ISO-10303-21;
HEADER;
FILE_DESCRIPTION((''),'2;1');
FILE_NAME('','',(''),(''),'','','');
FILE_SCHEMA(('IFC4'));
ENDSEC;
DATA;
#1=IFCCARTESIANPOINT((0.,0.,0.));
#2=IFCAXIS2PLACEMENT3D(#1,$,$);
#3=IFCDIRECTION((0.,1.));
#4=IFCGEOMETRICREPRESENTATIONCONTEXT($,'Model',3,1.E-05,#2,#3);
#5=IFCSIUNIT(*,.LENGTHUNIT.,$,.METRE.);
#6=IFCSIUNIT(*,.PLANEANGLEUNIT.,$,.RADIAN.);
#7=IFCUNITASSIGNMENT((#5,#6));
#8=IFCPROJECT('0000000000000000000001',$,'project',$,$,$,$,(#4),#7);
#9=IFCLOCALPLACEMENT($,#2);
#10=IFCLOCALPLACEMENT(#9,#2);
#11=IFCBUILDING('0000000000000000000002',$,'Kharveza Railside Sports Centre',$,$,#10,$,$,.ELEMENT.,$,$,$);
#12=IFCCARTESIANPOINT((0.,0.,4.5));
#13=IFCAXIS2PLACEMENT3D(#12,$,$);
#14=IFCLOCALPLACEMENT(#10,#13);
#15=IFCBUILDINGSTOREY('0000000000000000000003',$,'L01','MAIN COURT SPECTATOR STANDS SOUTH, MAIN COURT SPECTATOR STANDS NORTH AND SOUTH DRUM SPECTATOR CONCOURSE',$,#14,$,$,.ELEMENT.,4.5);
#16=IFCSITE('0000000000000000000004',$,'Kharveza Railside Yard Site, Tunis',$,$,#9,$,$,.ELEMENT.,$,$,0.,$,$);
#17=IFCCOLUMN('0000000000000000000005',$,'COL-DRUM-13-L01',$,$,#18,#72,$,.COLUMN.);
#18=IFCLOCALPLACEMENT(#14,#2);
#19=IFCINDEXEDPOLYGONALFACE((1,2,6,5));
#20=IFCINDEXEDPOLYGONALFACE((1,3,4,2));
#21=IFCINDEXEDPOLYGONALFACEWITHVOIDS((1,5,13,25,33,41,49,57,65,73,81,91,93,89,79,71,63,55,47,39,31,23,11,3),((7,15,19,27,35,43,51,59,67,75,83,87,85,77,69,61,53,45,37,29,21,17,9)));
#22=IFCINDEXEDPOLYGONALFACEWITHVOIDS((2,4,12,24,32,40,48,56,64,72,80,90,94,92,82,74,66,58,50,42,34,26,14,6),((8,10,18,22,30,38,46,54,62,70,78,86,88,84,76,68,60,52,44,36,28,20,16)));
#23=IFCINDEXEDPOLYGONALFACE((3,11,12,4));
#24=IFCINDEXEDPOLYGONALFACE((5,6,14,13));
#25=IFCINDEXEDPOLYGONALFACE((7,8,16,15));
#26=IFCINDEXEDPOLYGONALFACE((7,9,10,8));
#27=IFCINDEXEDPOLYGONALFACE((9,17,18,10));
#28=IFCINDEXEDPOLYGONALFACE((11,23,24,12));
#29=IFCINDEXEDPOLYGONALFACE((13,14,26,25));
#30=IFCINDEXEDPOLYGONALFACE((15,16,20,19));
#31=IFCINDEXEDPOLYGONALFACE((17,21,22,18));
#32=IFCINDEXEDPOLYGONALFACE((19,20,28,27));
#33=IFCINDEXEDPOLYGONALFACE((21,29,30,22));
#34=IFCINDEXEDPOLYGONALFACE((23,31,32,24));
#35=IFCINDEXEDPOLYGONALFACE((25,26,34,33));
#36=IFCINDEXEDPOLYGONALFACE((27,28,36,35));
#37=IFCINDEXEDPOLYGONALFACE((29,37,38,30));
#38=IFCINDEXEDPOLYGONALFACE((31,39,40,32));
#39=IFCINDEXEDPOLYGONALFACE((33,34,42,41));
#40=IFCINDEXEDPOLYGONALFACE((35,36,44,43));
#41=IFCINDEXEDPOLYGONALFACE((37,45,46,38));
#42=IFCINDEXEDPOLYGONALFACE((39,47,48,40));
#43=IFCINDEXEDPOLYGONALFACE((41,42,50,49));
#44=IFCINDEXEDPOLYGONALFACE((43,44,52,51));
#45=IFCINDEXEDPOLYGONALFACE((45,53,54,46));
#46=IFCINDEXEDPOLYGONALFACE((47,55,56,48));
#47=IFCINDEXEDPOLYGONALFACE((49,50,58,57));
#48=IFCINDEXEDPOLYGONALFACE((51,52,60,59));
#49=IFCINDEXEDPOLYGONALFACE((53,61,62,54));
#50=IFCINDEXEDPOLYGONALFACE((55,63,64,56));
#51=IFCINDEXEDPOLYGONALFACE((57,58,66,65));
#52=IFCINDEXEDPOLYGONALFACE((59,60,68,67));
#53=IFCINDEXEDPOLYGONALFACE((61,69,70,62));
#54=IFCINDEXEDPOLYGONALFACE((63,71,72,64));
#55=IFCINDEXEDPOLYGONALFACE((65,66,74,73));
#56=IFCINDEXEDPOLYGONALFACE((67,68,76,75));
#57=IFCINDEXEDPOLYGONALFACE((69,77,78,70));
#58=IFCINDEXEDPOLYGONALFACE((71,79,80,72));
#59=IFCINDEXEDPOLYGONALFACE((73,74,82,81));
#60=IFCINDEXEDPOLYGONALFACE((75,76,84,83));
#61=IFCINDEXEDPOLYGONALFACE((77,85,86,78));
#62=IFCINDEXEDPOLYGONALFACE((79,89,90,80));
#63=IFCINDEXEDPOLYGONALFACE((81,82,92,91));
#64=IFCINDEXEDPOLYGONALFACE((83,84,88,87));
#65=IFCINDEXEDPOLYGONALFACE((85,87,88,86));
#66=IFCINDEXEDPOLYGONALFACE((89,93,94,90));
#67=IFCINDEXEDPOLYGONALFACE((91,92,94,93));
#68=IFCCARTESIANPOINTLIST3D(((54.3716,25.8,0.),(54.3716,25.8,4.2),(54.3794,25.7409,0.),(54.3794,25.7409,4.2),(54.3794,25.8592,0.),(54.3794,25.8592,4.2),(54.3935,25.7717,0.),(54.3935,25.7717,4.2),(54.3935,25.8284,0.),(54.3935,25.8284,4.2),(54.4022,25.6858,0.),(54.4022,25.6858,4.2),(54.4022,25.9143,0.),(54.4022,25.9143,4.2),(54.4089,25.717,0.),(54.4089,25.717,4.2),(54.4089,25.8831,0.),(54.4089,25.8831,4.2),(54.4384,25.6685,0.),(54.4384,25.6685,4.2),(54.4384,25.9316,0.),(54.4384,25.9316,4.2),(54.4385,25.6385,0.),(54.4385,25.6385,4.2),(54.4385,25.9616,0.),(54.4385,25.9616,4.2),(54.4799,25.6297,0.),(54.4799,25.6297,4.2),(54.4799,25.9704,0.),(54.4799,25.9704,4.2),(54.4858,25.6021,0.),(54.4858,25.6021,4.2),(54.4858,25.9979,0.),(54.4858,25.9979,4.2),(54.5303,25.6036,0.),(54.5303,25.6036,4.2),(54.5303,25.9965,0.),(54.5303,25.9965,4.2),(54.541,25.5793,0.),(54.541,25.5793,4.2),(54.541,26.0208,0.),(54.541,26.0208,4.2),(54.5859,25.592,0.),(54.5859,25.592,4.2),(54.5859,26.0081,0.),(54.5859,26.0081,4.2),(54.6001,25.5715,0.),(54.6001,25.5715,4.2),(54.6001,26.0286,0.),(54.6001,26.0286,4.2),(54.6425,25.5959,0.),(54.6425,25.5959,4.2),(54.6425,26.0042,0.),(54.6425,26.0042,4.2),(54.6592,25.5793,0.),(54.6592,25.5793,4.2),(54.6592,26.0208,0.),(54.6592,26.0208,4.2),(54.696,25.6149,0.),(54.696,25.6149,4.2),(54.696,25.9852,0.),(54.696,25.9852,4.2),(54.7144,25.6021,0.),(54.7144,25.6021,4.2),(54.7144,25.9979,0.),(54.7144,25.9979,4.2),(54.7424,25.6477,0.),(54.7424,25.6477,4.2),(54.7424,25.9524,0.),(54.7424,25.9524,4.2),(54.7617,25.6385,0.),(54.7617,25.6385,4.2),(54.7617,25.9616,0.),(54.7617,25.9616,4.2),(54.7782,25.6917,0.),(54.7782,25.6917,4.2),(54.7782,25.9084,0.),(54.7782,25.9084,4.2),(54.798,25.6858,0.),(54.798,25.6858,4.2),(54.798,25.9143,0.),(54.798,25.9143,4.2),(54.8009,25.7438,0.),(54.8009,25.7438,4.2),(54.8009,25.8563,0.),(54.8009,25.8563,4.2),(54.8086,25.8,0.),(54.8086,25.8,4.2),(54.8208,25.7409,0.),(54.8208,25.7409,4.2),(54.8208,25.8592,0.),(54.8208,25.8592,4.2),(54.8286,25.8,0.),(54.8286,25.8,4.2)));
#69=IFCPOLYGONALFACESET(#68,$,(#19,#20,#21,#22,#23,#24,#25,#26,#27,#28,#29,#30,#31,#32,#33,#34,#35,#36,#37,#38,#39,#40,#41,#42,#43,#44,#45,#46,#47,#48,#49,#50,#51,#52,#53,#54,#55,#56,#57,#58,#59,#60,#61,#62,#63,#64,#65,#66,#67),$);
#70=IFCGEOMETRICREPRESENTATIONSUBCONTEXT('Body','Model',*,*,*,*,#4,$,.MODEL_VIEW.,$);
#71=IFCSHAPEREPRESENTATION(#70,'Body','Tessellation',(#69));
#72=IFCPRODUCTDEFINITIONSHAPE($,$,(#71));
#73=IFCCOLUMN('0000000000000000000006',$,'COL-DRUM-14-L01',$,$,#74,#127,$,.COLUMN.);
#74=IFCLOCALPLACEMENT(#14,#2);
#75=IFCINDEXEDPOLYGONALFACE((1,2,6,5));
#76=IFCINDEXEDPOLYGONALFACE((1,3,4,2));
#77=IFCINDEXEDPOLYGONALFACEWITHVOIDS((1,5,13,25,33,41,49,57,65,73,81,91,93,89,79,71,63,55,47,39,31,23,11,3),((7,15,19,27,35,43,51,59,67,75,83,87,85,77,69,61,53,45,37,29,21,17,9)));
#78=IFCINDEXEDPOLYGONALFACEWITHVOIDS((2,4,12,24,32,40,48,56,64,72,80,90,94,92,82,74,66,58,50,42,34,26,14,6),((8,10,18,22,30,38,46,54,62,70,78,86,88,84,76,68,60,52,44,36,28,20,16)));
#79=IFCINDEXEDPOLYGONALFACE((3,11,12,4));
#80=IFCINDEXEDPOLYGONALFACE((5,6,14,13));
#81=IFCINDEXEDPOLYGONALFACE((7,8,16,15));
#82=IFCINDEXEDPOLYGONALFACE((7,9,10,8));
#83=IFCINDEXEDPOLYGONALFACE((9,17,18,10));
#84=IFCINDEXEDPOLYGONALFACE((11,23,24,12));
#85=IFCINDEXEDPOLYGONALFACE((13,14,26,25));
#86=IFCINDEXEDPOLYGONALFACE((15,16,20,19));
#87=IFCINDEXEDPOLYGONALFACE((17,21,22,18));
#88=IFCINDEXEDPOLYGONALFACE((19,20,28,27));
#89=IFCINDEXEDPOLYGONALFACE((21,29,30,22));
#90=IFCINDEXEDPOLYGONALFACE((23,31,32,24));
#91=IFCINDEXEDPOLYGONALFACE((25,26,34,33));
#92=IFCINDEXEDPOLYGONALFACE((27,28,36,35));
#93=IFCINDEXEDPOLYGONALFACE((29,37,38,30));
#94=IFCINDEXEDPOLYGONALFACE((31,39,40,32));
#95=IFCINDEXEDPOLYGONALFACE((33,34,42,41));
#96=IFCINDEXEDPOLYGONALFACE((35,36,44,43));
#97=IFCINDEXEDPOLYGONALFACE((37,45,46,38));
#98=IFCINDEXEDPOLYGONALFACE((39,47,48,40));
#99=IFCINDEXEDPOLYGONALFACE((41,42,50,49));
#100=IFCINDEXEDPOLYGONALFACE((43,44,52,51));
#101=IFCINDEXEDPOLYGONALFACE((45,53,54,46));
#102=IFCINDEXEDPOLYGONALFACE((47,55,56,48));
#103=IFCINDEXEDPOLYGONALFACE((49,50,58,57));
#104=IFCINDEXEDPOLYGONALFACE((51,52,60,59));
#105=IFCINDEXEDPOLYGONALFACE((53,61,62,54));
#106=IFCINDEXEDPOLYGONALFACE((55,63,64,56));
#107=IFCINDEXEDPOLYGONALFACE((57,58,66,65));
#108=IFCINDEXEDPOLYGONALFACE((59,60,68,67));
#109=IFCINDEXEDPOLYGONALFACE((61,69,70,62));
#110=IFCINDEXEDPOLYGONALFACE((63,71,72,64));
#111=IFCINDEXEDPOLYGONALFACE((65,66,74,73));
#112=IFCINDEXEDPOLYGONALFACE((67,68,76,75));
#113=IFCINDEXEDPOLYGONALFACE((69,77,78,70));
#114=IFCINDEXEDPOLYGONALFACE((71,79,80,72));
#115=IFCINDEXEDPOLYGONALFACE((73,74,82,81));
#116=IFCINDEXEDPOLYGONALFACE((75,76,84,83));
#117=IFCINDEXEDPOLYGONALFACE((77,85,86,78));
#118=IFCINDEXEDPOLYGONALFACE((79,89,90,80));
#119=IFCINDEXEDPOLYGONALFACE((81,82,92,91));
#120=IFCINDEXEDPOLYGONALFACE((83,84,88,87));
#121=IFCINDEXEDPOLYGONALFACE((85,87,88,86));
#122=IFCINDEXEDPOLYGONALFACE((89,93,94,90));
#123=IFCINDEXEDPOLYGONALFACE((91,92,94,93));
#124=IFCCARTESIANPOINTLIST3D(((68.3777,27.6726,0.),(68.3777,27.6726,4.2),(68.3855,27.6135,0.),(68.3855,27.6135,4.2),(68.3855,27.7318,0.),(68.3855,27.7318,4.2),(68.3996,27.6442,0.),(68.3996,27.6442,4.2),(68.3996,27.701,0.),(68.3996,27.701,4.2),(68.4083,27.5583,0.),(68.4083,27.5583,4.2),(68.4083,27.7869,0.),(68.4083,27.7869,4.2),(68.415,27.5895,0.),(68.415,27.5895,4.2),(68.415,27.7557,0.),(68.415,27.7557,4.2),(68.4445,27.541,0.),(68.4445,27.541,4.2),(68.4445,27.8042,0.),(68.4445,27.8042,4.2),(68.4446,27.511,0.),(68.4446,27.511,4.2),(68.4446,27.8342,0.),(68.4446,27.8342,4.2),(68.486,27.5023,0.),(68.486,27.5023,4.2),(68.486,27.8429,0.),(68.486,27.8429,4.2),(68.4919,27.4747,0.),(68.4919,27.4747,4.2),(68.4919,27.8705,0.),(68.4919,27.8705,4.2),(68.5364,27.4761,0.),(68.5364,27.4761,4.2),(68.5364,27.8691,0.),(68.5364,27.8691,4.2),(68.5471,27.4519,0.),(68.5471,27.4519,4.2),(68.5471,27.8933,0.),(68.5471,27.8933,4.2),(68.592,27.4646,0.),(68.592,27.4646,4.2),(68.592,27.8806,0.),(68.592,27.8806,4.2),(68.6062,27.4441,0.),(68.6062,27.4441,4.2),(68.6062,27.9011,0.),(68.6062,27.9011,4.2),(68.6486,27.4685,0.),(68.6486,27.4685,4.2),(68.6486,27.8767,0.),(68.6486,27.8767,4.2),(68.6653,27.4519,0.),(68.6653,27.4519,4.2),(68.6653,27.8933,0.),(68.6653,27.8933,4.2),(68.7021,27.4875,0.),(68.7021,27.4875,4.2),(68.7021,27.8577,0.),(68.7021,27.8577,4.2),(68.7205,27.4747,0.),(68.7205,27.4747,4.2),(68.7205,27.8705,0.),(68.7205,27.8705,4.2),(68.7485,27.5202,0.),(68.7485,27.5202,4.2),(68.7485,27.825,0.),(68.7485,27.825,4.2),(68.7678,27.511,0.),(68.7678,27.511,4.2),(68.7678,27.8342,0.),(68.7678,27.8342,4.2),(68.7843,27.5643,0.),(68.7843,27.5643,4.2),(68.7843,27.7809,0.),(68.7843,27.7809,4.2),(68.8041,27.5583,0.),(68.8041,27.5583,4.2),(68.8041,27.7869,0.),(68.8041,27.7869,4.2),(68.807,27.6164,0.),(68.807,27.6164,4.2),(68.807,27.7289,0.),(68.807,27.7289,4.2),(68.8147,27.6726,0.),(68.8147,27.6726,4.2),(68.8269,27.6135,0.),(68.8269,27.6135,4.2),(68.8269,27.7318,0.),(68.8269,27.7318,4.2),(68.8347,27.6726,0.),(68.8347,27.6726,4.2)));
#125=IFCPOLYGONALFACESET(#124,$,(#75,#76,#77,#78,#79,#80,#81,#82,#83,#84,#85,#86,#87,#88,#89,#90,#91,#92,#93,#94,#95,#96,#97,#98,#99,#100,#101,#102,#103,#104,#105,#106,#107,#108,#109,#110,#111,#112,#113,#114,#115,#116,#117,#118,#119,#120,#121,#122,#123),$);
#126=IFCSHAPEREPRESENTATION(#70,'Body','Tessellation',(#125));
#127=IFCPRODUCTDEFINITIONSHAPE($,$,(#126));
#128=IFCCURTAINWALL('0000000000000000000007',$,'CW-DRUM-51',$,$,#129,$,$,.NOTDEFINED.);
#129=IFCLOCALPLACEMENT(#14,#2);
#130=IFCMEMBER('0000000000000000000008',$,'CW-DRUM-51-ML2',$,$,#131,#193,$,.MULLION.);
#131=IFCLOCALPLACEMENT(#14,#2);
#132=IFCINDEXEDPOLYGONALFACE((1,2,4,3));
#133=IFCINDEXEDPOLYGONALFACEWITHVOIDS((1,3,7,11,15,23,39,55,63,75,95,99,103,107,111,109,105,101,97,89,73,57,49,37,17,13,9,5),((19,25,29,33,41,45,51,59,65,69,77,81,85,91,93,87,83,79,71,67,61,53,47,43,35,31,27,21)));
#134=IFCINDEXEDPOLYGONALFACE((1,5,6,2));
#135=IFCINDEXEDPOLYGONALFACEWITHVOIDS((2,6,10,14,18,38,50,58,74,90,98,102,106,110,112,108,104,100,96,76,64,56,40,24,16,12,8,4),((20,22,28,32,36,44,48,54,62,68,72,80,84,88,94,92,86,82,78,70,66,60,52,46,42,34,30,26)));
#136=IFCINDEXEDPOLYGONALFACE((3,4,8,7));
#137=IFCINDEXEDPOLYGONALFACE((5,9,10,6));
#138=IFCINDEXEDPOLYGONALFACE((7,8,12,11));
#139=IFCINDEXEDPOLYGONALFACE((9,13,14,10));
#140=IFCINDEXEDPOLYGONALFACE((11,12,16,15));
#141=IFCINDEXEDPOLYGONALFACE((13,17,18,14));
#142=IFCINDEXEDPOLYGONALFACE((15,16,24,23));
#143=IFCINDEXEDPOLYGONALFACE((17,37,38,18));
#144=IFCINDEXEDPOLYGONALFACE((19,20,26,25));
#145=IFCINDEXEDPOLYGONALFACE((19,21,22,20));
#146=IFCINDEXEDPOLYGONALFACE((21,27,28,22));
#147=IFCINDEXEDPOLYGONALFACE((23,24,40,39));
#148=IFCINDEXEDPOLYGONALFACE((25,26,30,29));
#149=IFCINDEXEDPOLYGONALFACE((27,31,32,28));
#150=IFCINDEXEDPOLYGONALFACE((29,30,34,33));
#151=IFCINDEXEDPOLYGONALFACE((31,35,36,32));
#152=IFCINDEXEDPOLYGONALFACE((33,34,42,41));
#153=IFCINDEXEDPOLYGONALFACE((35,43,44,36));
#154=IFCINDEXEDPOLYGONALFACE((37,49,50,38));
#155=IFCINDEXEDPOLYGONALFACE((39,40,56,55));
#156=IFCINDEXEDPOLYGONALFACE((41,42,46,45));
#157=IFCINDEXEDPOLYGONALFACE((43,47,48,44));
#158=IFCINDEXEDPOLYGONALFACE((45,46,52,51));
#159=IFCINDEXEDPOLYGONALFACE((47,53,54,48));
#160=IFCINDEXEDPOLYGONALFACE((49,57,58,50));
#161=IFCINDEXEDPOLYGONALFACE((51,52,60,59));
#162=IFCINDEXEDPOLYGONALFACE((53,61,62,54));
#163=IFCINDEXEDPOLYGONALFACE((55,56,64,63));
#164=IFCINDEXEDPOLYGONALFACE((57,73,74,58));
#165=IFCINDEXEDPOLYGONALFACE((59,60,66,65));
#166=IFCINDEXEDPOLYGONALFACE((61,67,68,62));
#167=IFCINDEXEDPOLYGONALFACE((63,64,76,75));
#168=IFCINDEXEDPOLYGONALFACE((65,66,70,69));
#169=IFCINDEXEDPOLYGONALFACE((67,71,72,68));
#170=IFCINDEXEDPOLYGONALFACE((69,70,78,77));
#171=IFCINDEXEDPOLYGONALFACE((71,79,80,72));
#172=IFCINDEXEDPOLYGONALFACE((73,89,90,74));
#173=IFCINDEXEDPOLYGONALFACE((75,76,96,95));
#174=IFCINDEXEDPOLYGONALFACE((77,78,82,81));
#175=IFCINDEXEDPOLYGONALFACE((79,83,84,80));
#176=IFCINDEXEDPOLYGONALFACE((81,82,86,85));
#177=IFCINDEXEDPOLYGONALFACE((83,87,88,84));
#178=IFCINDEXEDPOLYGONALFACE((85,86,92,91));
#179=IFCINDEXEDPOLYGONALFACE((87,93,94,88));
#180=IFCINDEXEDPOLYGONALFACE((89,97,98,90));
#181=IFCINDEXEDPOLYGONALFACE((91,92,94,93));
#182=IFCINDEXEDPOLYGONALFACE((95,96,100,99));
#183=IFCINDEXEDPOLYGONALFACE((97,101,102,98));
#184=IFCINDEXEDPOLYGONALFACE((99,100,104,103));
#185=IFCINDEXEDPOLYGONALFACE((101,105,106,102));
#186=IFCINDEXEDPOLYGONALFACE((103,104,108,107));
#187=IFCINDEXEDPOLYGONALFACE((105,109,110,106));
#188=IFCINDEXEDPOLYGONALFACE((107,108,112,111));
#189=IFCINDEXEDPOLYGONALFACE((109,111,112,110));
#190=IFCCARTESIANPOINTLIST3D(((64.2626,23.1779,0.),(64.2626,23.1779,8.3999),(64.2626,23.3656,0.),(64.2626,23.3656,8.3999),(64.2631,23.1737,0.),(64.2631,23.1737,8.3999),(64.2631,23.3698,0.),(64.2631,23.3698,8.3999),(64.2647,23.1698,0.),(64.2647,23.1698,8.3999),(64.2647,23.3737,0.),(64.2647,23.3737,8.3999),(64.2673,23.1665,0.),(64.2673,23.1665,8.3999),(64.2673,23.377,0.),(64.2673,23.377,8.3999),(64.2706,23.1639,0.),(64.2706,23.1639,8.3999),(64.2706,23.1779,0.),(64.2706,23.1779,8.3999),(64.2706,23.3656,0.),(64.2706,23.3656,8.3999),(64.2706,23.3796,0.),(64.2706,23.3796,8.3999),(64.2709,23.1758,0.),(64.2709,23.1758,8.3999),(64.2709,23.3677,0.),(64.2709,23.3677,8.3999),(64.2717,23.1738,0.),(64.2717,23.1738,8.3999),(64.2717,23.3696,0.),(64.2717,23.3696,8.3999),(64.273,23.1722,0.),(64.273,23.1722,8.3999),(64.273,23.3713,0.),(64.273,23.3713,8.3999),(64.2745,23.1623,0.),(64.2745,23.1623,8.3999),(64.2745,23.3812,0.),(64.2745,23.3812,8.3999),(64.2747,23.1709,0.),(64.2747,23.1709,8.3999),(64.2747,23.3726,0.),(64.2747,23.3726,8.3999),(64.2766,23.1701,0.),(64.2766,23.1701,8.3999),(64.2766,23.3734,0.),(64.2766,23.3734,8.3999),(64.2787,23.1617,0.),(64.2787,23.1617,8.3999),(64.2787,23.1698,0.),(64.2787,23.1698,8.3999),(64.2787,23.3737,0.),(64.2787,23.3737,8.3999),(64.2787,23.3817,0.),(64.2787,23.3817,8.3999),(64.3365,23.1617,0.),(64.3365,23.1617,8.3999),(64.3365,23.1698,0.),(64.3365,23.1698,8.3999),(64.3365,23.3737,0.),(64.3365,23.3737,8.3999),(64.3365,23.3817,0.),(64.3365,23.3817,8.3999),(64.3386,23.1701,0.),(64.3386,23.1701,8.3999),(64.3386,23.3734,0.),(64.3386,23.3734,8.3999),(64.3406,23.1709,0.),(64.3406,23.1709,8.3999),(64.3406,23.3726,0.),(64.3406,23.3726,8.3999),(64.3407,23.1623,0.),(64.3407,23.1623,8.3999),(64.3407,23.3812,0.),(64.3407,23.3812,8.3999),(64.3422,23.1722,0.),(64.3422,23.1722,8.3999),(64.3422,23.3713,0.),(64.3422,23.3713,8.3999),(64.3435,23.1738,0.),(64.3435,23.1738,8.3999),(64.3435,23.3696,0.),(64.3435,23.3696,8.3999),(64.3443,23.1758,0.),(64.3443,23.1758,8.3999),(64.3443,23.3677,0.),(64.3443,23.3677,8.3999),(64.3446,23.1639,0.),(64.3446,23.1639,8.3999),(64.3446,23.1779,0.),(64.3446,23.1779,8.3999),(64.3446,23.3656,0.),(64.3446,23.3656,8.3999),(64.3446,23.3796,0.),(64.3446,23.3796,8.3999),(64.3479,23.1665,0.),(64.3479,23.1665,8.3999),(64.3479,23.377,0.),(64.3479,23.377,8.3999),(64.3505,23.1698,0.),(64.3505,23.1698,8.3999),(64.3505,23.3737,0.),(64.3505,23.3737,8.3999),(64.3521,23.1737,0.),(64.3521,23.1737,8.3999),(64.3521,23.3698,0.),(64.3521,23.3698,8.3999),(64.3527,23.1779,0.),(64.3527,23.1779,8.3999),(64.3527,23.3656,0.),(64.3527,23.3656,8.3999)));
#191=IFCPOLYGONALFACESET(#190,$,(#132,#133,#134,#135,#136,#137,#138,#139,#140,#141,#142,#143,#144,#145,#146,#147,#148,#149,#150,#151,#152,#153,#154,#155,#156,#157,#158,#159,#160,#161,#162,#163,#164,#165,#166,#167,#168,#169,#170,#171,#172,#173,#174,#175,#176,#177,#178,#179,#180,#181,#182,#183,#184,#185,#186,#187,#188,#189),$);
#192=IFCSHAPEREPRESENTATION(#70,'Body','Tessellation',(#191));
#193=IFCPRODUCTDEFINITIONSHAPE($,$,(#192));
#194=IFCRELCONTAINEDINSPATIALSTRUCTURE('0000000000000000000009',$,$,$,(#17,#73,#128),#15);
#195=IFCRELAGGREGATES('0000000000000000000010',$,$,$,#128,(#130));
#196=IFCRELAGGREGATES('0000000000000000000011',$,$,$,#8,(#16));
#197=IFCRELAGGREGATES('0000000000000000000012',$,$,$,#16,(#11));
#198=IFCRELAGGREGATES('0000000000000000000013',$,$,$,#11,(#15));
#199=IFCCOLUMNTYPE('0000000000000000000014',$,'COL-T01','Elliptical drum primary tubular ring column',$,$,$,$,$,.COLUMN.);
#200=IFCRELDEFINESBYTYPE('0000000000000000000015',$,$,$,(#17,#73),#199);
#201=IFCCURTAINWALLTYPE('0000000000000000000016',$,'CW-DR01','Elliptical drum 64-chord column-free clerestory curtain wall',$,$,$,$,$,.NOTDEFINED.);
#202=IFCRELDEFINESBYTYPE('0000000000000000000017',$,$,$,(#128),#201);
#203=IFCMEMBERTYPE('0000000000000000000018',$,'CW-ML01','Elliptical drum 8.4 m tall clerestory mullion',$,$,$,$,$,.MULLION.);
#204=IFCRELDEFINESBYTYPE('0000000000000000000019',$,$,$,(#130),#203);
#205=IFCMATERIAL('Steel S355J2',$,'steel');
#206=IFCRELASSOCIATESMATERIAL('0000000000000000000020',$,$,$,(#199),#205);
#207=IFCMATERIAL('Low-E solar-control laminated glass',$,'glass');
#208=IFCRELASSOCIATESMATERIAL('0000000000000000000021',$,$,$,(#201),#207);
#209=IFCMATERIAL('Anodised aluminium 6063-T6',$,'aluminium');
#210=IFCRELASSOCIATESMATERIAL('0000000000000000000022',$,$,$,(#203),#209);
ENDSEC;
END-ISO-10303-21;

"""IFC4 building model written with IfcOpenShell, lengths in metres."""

from ifc_helpers import new_model, si_unit, direction, frame, origin, origin_2d, place, context, subcontext, project, spatial, hollow_rectangle, hollow_circle, extrude, material, material_profile, profile_set, type_object, element, aggregate, save


model = new_model("IFC4")

# Units and contexts
model_context = context("Model", 3, precision=1e-05, world=origin(), true_north=direction((0.0, 1.0)))
body_context = subcontext(model_context, "Body", "Model", "MODEL_VIEW")
ifc_project = project(units=[si_unit("LENGTHUNIT", "METRE"), si_unit("PLANEANGLEUNIT", "RADIAN")], contexts=[model_context])

# Site, building, storey
site_placement = place(None, origin())
site = spatial("IfcSite", under=ifc_project, at=site_placement, Name="Kharveza Railside Yard Site, Tunis", CompositionType="ELEMENT", RefElevation=0.0)
building_placement = place(site_placement, origin())
building = spatial("IfcBuilding", under=site, at=building_placement, Name="Kharveza Railside Sports Centre", CompositionType="ELEMENT")
storey_placement = place(building_placement, frame((0.0, 0.0, 4.5)))
storey = spatial("IfcBuildingStorey", under=building, at=storey_placement, Name="L01", Description="MAIN COURT SPECTATOR STANDS SOUTH, MAIN COURT SPECTATOR STANDS NORTH AND SOUTH DRUM SPECTATOR CONCOURSE", CompositionType="ELEMENT", Elevation=4.5)

# Columns
ifc_material_1 = material(Name="Steel S355J2", Category="steel")
ifc_material_profile_1 = material_profile(ifc_material_1, hollow_circle(Radius=0.2285, WallThickness=0.02, at=origin_2d()), Name="CHS 457.0x20.0")
ifc_profile_set_1 = profile_set([ifc_material_profile_1], Name="Steel S355J2")
column_type = type_object("IfcColumnType", Name="COL-T01", Description="Elliptical drum primary tubular ring column", PredefinedType="COLUMN", material=ifc_profile_set_1)
for number, where, z_axis, x_axis, name in (
    (1, (54.6001, 25.8, 0.0), (0.0, 0.0, 1.0), (1.0, 0.0, 0.0), "COL-DRUM-13-L01"),
    (2, (68.6062, 27.6726, 0.0), (0.0, 0.0, 1.0), (1.0, 0.0, 0.0), "COL-DRUM-14-L01"),
):
    element("IfcColumn", number, at=place(storey_placement, frame(where, z_axis=z_axis, x_axis=x_axis)), inside=storey, type_object=column_type, Name=name, PredefinedType="COLUMN", context=body_context, shape_type="SweptSolid", body=[
        extrude(hollow_circle(Radius=0.2285, WallThickness=0.02, at=origin_2d()), origin(), (0.0, 0.0, 1.0), 4.2),
    ])

# Curtain wall, member
ifc_material_2 = material(Name="Low-E solar-control laminated glass", Category="glass")
curtain_wall_type = type_object("IfcCurtainWallType", Name="CW-DR01", Description="Elliptical drum 64-chord column-free clerestory curtain wall", PredefinedType="NOTDEFINED", material=ifc_material_2)
curtain_wall_1_placement = place(storey_placement, origin())
curtain_wall_1 = element("IfcCurtainWall", 3, at=curtain_wall_1_placement, inside=storey, type_object=curtain_wall_type, Name="CW-DRUM-51", PredefinedType="NOTDEFINED")
ifc_material_3 = material(Name="Anodised aluminium 6063-T6", Category="aluminium")
ifc_material_profile_2 = material_profile(ifc_material_3, hollow_rectangle(XDim=0.0901, YDim=0.22, WallThickness=0.0081, InnerFilletRadius=0.0081, OuterFilletRadius=0.0161, at=origin_2d()), Name="RHS 90x220x8.0")
ifc_profile_set_2 = profile_set([ifc_material_profile_2], Name="Anodised aluminium 6063-T6")
member_type_1 = type_object("IfcMemberType", Name="CW-ML01", Description="Elliptical drum 8.4 m tall clerestory mullion", PredefinedType="MULLION", material=ifc_profile_set_2)
member_1_placement = place(storey_placement, frame((64.3076, 23.2717, 0.0), z_axis=(0.0, 0.0, 1.0), x_axis=(1.0, 0.0, 0.0)))
member_1 = element("IfcMember", 4, at=member_1_placement, type_object=member_type_1, Name="CW-DRUM-51-ML2", PredefinedType="MULLION", context=body_context, shape_type="SweptSolid", body=[
    extrude(hollow_rectangle(XDim=0.0901, YDim=0.22, WallThickness=0.0081, InnerFilletRadius=0.0081, OuterFilletRadius=0.0161, at=origin_2d()), origin(), (0.0, 0.0, 1.0), 8.3999),
])

aggregate(curtain_wall_1, [member_1])

save(model, "model.ifc")
